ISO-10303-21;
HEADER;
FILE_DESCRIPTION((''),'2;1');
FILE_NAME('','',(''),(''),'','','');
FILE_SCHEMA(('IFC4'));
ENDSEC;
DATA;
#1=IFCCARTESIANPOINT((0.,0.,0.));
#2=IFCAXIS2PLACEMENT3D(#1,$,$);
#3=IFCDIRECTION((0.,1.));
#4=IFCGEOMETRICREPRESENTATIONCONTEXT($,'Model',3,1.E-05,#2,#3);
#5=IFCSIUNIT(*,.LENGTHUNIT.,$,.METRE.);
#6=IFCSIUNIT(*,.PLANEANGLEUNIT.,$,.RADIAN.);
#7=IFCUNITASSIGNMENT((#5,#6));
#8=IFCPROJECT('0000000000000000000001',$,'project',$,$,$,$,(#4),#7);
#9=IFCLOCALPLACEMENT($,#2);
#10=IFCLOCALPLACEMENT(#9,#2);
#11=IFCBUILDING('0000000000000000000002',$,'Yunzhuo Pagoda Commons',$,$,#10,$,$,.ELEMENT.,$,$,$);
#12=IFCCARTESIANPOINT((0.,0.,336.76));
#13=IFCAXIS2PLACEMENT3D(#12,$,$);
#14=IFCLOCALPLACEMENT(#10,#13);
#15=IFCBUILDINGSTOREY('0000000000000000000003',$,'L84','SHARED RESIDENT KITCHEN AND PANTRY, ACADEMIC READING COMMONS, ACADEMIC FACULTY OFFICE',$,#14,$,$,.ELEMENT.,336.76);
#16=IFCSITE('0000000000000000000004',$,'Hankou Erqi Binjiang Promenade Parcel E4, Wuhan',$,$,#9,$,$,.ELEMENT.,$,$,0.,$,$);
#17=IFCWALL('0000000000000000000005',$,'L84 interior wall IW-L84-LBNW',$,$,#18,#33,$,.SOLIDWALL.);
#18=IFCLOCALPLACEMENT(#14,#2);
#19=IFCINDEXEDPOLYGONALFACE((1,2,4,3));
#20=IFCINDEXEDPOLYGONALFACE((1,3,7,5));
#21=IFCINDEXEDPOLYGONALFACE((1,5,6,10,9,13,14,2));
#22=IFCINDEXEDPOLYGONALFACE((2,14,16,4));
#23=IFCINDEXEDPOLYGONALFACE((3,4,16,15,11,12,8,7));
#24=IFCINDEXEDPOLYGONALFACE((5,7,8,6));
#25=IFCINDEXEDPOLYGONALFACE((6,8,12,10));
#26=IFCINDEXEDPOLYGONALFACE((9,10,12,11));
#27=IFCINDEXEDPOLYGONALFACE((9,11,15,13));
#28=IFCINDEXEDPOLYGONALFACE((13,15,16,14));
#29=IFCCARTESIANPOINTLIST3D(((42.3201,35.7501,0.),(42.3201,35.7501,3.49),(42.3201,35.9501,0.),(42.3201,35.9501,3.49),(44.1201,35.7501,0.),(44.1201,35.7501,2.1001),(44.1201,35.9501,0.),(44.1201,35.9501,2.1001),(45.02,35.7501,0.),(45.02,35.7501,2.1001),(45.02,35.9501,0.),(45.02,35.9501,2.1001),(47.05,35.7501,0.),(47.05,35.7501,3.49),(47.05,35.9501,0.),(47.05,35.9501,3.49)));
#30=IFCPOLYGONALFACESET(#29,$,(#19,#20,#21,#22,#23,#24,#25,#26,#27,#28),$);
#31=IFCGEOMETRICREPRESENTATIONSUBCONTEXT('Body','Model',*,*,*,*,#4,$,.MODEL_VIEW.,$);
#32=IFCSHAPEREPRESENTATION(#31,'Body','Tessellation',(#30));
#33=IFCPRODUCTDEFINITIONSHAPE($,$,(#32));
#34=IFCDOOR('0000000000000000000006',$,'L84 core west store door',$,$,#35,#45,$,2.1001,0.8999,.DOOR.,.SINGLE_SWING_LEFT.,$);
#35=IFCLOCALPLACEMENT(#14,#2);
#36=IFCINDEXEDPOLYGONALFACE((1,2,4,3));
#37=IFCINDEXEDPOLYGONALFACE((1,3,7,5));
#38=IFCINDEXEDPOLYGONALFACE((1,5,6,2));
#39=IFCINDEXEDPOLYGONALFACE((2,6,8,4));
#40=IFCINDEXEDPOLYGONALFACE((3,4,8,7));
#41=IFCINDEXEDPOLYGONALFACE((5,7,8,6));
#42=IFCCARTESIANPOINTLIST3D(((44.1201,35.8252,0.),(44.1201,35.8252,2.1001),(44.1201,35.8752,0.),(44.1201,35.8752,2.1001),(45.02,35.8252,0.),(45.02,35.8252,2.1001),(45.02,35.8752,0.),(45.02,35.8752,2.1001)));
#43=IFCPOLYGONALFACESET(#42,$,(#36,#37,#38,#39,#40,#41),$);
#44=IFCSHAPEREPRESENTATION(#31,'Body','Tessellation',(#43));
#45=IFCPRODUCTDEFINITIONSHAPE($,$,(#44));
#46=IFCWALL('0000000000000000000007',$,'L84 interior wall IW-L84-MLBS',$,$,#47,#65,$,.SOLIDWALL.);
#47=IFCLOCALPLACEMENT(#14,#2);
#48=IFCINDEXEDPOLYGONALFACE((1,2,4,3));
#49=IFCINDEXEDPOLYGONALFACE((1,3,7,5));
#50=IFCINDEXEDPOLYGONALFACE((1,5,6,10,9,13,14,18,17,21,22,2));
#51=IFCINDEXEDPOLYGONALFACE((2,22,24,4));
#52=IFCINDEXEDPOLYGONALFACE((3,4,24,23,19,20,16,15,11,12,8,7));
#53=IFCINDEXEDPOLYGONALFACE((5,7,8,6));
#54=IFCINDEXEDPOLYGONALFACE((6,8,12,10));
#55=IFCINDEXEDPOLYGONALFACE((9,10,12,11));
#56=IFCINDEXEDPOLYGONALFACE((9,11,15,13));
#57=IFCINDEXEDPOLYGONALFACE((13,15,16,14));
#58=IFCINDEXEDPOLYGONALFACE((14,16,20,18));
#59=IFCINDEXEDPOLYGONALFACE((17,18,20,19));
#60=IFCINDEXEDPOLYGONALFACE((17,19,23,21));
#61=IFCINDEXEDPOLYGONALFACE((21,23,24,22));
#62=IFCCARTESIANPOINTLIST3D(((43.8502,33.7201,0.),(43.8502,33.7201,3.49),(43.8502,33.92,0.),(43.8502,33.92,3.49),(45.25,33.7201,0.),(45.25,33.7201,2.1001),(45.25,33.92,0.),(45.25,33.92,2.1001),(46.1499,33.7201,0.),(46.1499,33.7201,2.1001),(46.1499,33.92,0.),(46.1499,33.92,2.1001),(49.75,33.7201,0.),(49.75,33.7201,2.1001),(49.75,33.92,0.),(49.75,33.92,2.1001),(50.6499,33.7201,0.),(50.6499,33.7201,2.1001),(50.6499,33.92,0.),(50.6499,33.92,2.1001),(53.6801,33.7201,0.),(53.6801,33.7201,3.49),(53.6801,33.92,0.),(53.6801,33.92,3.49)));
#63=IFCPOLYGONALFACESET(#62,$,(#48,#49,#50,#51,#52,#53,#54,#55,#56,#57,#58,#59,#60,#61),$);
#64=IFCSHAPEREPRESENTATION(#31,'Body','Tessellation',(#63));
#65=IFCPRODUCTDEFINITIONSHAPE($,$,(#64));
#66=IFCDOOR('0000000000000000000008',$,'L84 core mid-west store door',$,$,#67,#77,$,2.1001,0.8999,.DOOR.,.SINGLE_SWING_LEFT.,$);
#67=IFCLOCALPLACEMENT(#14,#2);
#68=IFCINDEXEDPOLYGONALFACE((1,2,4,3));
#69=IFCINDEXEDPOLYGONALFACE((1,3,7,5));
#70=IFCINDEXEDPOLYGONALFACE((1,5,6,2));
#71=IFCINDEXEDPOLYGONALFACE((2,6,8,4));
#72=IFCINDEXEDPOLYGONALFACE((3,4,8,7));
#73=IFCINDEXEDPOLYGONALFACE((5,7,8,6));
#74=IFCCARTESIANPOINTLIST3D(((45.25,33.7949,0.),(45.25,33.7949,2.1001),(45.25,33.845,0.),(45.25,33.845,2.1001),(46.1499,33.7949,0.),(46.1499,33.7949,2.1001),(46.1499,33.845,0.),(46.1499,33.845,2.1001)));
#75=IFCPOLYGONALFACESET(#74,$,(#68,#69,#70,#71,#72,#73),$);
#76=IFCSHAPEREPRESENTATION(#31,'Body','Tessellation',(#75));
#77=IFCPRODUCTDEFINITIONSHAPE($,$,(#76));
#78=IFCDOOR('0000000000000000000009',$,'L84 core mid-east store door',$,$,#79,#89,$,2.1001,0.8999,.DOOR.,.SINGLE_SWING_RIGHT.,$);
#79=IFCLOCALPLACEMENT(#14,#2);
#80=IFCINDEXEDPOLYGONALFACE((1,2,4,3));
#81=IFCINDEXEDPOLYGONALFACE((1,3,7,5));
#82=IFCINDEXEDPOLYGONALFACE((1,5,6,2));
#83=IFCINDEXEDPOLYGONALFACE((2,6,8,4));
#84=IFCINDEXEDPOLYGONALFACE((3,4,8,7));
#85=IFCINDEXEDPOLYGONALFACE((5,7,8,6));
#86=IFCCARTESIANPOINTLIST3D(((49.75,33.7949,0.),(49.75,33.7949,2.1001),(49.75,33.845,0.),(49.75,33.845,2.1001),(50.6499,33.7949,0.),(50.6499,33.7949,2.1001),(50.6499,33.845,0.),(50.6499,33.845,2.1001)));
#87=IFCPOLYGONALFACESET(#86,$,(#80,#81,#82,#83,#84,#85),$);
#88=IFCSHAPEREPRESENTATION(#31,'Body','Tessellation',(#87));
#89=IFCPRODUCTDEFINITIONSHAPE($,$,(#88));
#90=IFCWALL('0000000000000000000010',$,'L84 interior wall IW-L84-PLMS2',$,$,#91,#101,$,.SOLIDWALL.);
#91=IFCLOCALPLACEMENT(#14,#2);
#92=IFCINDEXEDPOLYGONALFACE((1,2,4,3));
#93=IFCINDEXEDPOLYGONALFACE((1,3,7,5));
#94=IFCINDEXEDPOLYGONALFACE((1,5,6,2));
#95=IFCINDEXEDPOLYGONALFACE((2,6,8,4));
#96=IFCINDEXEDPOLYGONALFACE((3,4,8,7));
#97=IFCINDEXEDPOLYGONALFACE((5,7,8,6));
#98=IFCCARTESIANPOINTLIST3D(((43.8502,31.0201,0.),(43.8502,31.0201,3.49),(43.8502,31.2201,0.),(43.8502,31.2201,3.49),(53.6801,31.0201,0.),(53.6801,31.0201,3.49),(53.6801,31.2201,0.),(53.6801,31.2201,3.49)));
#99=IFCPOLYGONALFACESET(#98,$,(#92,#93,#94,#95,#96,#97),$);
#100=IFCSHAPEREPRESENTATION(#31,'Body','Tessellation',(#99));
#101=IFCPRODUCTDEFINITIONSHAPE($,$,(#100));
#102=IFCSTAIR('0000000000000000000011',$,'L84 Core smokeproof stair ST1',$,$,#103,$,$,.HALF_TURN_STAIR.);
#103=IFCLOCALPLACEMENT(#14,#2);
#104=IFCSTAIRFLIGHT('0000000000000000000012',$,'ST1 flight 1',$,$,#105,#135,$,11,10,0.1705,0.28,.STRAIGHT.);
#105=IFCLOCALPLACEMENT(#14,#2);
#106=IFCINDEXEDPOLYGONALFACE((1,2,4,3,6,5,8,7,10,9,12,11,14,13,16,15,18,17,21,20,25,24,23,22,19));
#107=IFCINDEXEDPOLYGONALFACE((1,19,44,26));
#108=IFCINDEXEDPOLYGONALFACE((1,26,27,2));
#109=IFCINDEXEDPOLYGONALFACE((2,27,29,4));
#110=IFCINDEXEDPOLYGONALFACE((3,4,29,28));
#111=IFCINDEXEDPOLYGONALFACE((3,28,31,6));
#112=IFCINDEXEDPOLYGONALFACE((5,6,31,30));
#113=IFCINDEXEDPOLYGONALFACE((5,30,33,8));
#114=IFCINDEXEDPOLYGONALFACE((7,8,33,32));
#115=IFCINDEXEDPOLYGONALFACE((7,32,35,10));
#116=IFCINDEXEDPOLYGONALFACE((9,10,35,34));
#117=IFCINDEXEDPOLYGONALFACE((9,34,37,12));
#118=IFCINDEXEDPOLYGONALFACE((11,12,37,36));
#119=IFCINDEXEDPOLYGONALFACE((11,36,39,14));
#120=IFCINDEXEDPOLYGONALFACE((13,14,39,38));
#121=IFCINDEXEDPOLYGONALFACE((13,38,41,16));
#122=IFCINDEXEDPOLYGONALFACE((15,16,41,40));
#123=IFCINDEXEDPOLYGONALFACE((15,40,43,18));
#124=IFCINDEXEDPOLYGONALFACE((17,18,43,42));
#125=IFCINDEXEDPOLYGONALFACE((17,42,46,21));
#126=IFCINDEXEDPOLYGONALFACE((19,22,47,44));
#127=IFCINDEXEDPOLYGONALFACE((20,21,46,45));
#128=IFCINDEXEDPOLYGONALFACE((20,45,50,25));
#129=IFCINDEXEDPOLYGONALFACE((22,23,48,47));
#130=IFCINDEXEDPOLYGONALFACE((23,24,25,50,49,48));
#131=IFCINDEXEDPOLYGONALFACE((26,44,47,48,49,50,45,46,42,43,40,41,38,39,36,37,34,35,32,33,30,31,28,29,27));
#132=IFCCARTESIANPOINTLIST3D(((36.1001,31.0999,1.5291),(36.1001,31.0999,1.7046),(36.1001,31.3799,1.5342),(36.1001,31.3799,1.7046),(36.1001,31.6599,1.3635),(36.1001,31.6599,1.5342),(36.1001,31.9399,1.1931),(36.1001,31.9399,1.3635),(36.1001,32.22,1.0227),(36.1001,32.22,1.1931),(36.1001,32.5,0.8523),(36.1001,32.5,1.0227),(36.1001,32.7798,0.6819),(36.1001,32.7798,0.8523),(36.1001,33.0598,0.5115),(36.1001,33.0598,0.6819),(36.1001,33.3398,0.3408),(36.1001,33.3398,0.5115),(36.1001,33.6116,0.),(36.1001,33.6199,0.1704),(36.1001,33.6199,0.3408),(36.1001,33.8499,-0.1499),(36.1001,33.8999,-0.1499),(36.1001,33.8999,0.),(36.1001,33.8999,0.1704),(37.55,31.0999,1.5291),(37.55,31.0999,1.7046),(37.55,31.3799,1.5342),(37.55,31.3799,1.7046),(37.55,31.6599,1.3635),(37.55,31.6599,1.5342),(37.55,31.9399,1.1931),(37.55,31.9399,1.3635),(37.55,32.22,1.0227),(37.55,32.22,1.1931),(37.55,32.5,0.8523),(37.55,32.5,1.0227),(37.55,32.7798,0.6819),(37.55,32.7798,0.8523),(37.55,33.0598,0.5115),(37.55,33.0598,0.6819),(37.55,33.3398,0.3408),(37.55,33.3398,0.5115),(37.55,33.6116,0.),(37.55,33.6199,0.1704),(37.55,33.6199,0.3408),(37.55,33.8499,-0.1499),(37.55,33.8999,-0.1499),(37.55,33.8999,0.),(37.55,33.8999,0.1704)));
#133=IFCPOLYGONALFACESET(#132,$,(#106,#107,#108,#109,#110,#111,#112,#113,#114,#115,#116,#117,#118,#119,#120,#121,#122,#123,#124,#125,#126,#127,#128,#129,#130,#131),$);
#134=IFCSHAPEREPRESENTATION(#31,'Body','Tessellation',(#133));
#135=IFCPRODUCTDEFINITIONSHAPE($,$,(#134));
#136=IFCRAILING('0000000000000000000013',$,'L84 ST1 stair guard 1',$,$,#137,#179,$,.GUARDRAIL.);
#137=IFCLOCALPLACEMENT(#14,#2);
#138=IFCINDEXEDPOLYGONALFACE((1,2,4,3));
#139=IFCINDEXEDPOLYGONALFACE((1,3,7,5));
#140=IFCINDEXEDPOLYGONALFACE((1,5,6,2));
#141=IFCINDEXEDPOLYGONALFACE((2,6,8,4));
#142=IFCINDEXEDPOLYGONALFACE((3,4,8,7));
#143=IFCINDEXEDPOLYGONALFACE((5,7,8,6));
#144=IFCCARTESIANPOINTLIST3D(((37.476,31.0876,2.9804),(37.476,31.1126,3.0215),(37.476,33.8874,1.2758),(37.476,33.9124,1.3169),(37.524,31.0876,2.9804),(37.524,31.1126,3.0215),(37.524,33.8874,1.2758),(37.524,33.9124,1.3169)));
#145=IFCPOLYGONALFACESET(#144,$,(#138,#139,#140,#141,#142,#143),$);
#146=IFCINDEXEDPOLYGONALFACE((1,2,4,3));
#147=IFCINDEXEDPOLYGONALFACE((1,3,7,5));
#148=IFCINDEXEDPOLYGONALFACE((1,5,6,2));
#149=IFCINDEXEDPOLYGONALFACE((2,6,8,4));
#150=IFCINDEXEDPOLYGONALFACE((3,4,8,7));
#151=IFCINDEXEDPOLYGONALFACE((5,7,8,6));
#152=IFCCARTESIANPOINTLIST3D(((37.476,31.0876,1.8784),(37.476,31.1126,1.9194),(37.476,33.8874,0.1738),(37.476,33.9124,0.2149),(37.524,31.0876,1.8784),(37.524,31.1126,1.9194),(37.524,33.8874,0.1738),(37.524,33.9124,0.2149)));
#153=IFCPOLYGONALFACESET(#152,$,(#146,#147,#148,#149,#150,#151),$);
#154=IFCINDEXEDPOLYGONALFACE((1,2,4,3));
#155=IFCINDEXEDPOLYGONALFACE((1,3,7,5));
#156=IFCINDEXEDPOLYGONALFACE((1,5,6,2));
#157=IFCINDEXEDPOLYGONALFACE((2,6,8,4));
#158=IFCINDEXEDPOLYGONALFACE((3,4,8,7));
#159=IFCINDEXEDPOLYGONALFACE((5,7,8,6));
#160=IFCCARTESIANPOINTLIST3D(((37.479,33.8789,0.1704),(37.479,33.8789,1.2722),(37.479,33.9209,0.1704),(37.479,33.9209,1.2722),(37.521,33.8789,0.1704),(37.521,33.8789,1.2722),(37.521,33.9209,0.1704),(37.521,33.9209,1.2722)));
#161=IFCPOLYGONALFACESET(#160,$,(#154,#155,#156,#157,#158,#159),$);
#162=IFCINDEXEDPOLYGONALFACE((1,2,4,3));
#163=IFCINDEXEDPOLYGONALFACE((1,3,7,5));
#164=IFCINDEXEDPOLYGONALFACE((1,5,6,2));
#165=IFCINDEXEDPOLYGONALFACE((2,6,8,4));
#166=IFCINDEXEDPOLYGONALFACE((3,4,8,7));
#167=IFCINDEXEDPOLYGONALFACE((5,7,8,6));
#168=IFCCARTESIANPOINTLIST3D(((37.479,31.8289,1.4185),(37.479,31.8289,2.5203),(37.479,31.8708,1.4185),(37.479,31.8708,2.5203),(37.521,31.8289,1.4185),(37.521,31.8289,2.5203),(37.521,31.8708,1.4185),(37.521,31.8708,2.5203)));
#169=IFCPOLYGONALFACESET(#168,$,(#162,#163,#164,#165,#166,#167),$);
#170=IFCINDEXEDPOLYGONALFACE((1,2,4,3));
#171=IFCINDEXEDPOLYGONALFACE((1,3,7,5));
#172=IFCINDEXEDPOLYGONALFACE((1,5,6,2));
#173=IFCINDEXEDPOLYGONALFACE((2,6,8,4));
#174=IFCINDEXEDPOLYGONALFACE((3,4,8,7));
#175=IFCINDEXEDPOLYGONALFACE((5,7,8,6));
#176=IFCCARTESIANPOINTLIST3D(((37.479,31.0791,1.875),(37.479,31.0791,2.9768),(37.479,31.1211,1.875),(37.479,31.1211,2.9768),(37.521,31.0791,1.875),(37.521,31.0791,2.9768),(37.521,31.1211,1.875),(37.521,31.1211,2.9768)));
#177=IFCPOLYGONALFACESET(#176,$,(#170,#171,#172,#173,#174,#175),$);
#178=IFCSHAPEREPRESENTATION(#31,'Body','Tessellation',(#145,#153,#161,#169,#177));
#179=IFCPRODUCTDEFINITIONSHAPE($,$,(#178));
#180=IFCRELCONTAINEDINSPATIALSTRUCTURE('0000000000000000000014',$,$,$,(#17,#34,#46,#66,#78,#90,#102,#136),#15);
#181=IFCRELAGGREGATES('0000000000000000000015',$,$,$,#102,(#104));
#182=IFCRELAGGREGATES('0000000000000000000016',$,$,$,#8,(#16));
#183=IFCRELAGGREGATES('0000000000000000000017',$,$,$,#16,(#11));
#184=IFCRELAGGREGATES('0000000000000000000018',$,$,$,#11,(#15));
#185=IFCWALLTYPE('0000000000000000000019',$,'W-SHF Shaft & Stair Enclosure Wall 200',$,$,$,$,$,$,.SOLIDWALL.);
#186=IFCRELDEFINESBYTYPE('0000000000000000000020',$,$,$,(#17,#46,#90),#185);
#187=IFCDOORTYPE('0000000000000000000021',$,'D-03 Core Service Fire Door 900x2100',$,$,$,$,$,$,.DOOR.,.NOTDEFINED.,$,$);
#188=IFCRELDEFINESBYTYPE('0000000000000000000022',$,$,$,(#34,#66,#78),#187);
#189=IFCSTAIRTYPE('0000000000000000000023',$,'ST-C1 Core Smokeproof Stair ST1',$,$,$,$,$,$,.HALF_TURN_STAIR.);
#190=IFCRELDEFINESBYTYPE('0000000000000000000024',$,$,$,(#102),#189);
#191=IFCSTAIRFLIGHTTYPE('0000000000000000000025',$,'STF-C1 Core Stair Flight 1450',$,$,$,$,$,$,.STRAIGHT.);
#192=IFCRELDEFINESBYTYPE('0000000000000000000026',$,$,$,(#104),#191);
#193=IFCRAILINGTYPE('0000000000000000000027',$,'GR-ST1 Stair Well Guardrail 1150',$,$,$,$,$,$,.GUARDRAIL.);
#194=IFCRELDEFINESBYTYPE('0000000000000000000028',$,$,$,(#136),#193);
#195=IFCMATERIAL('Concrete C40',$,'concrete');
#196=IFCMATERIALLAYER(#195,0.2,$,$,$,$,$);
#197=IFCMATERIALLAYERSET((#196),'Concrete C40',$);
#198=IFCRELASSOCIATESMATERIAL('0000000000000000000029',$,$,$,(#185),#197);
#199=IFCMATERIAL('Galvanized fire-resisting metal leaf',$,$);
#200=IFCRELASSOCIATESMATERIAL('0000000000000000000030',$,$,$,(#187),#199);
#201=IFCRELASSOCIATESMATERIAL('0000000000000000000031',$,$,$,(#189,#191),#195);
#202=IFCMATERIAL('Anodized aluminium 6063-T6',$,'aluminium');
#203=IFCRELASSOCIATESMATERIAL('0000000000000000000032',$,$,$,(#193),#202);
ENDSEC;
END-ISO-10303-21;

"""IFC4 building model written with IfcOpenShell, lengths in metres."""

from ifc_helpers import new_model, si_unit, direction, frame, frame_2d, origin, origin_with_axes, origin_2d, place, context, subcontext, project, spatial, polyline, rectangle, outline, extrude, source, transform, mapped, material, layer, layer_set, type_object, element, fill, aggregate, save


model = new_model("IFC4")

# Units and contexts
model_context = context("Model", 3, precision=1e-05, world=origin(), true_north=direction((0.0, 1.0)))
body_context = subcontext(model_context, "Body", "Model", "MODEL_VIEW")
ifc_project = project(units=[si_unit("LENGTHUNIT", "METRE"), si_unit("PLANEANGLEUNIT", "RADIAN")], contexts=[model_context])

# Site, building, storey
site_placement = place(None, origin())
site = spatial("IfcSite", under=ifc_project, at=site_placement, Name="Hankou Erqi Binjiang Promenade Parcel E4, Wuhan", CompositionType="ELEMENT", RefElevation=0.0)
building_placement = place(site_placement, origin())
building = spatial("IfcBuilding", under=site, at=building_placement, Name="Yunzhuo Pagoda Commons", CompositionType="ELEMENT")
storey_placement = place(building_placement, frame((0.0, 0.0, 336.76)))
storey = spatial("IfcBuildingStorey", under=building, at=storey_placement, Name="L84", Description="SHARED RESIDENT KITCHEN AND PANTRY, ACADEMIC READING COMMONS, ACADEMIC FACULTY OFFICE", CompositionType="ELEMENT", Elevation=336.76)

# Shared definitions
ifc_material_1 = material(Name="Galvanized fire-resisting metal leaf")

# Shared definitions
ifc_material_2 = material(Name="Concrete C40", Category="concrete")
ifc_layer_1 = layer(ifc_material_2, 0.2)
ifc_layer_set_1 = layer_set([ifc_layer_1], Name="Concrete C40")
wall_type_1 = type_object("IfcWallType", Name="W-SHF Shaft & Stair Enclosure Wall 200", PredefinedType="SOLIDWALL", material=ifc_layer_set_1)

# Wall, opening, door
wall_1_placement = place(storey_placement, frame((42.3201, 35.8501, 0.0), z_axis=(0.0, 0.0, 1.0), x_axis=(1.0, 0.0, 0.0)))
wall_1 = element("IfcWall", 1, at=wall_1_placement, inside=storey, type_object=wall_type_1, Name="L84 interior wall IW-L84-LBNW", PredefinedType="SOLIDWALL", context=body_context, shape_type="SweptSolid", body=[
    extrude(rectangle(XDim=4.73, YDim=0.2, at=frame_2d((2.365, 0.0))), origin(), (0.0, 0.0, 1.0), 3.49),
])
opening_1_placement = place(wall_1_placement, frame((1.8, 0.0, 0.0)))
opening_1 = element("IfcOpeningElement", 2, at=opening_1_placement, cuts=wall_1, PredefinedType="OPENING", context=body_context, shape_type="SweptSolid", body=[
    extrude(rectangle(XDim=0.8999, YDim=2.1001, at=frame_2d((0.45, 1.05))), frame((0.0, 0.1099, 0.0), z_axis=(0.0, -1.0, 0.0), x_axis=(1.0, 0.0, 0.0)), (0.0, 0.0, 1.0), 0.22),
])
door_type_1 = type_object("IfcDoorType", Name="D-03 Core Service Fire Door 900x2100", OperationType="NOTDEFINED", PredefinedType="DOOR", material=ifc_material_1)
shared_shape_1 = source(origin(), body_context, "Body", "SweptSolid", [
    extrude(rectangle(XDim=0.8999, YDim=2.1001, at=frame_2d((0.45, 1.05))), frame((0.0, 0.0249, 0.0), z_axis=(0.0, -1.0, 0.0), x_axis=(1.0, 0.0, 0.0)), (0.0, 0.0, 1.0), 0.05),
])
door_1_placement = place(opening_1_placement, frame((0.8999, 0.0, 0.0), z_axis=(0.0, 0.0, 1.0), x_axis=(-1.0, 0.0, 0.0)))
door_1 = element("IfcDoor", 3, at=door_1_placement, inside=storey, type_object=door_type_1, Name="L84 core west store door", OperationType="SINGLE_SWING_LEFT", OverallHeight=2.1001, OverallWidth=0.8999, PredefinedType="DOOR", context=body_context, shape_type="MappedRepresentation", body=[
    mapped(shared_shape_1, transform((0.0, 0.0, 0.0), scale=1.0)),
])
fill(opening_1, door_1)

# Wall, openings, doors
wall_2_placement = place(storey_placement, frame((43.8501, 33.8201, 0.0), z_axis=(0.0, 0.0, 1.0), x_axis=(1.0, 0.0, 0.0)))
wall_2 = element("IfcWall", 4, at=wall_2_placement, inside=storey, type_object=wall_type_1, Name="L84 interior wall IW-L84-MLBS", PredefinedType="SOLIDWALL", context=body_context, shape_type="SweptSolid", body=[
    extrude(rectangle(XDim=9.8298, YDim=0.2, at=frame_2d((4.915, 0.0))), origin(), (0.0, 0.0, 1.0), 3.49),
])
opening_2_placement = place(wall_2_placement, frame((1.3999, 0.0, 0.0)))
opening_2 = element("IfcOpeningElement", 5, at=opening_2_placement, cuts=wall_2, PredefinedType="OPENING", context=body_context, shape_type="SweptSolid", body=[
    extrude(rectangle(XDim=0.8999, YDim=2.1001, at=frame_2d((0.45, 1.05))), frame((0.0, 0.1099, 0.0), z_axis=(0.0, -1.0, 0.0), x_axis=(1.0, 0.0, 0.0)), (0.0, 0.0, 1.0), 0.22),
])
opening_3_placement = place(wall_2_placement, frame((5.8999, 0.0, 0.0)))
opening_3 = element("IfcOpeningElement", 6, at=opening_3_placement, cuts=wall_2, PredefinedType="OPENING", context=body_context, shape_type="SweptSolid", body=[
    extrude(rectangle(XDim=0.8999, YDim=2.1001, at=frame_2d((0.45, 1.05))), frame((0.0, 0.1099, 0.0), z_axis=(0.0, -1.0, 0.0), x_axis=(1.0, 0.0, 0.0)), (0.0, 0.0, 1.0), 0.22),
])
door_2_placement = place(opening_2_placement, origin_with_axes())
door_2 = element("IfcDoor", 7, at=door_2_placement, inside=storey, type_object=door_type_1, Name="L84 core mid-west store door", OperationType="SINGLE_SWING_LEFT", OverallHeight=2.1001, OverallWidth=0.8999, PredefinedType="DOOR", context=body_context, shape_type="MappedRepresentation", body=[
    mapped(shared_shape_1, transform((0.0, 0.0, 0.0), scale=1.0)),
])
fill(opening_2, door_2)
door_3_placement = place(opening_3_placement, origin_with_axes())
door_3 = element("IfcDoor", 8, at=door_3_placement, inside=storey, type_object=door_type_1, Name="L84 core mid-east store door", OperationType="SINGLE_SWING_RIGHT", OverallHeight=2.1001, OverallWidth=0.8999, PredefinedType="DOOR", context=body_context, shape_type="MappedRepresentation", body=[
    mapped(shared_shape_1, transform((0.0, 0.0, 0.0), scale=1.0)),
])
fill(opening_3, door_3)

# Wall
wall_3_placement = place(storey_placement, frame((43.8501, 31.1201, 0.0), z_axis=(0.0, 0.0, 1.0), x_axis=(1.0, 0.0, 0.0)))
element("IfcWall", 9, at=wall_3_placement, inside=storey, type_object=wall_type_1, Name="L84 interior wall IW-L84-PLMS2", PredefinedType="SOLIDWALL", context=body_context, shape_type="SweptSolid", body=[
    extrude(rectangle(XDim=9.8298, YDim=0.2, at=frame_2d((4.915, 0.0))), origin(), (0.0, 0.0, 1.0), 3.49),
])

# Stair, stair flight
stair_type = type_object("IfcStairType", Name="ST-C1 Core Smokeproof Stair ST1", PredefinedType="HALF_TURN_STAIR", material=ifc_material_2)
stair_placement = place(storey_placement, origin())
stair = element("IfcStair", 10, at=stair_placement, inside=storey, type_object=stair_type, Name="L84 Core smokeproof stair ST1", PredefinedType="HALF_TURN_STAIR")
stair_flight_type = type_object("IfcStairFlightType", Name="STF-C1 Core Stair Flight 1450", PredefinedType="STRAIGHT", material=ifc_material_2)
shared_shape_2 = source(origin(), body_context, "Body", "SweptSolid", [
    extrude(outline(polyline([(0.0, -0.1499), (0.0, 0.0), (0.0, 0.1704), (0.28, 0.1704), (0.28, 0.3408), (0.5601, 0.3408), (0.5601, 0.5115), (0.8401, 0.5115), (0.8401, 0.6819), (1.1201, 0.6819), (1.1201, 0.8523), (1.3999, 0.8523), (1.3999, 1.0227), (1.6799, 1.0227), (1.6799, 1.1931), (1.96, 1.1931), (1.96, 1.3635), (2.24, 1.3635), (2.24, 1.5342), (2.52, 1.5342), (2.52, 1.7046), (2.8, 1.7046), (2.8, 1.875), (2.8, 1.5291), (0.2883, 0.0), (0.05, -0.1499), (0.0, -0.1499)])), frame((0.0, 0.7251, 0.0), z_axis=(0.0, -1.0, 0.0), x_axis=(1.0, 0.0, 0.0)), (0.0, 0.0, 1.0), 1.45),
])
stair_flight_placement = place(storey_placement, frame((36.825, 33.8999, 0.0), z_axis=(0.0, 0.0, 1.0), x_axis=(0.0, -1.0, 0.0)))
stair_flight = element("IfcStairFlight", 11, at=stair_flight_placement, type_object=stair_flight_type, Name="ST1 flight 1", NumberOfRisers=11, NumberOfTreads=10, PredefinedType="STRAIGHT", RiserHeight=0.1705, TreadLength=0.28, context=body_context, shape_type="MappedRepresentation", body=[
    mapped(shared_shape_2, transform((0.0, 0.0, 0.0), scale=1.0)),
])
aggregate(stair, [stair_flight])

# Railing
ifc_material_3 = material(Name="Anodized aluminium 6063-T6", Category="aluminium")
railing_type_1 = type_object("IfcRailingType", Name="GR-ST1 Stair Well Guardrail 1150", PredefinedType="GUARDRAIL", material=ifc_material_3)
railing_1_placement = place(storey_placement, frame((37.5, 33.8999, 0.1704)))
element("IfcRailing", 12, at=railing_1_placement, inside=storey, type_object=railing_type_1, Name="L84 ST1 stair guard 1", PredefinedType="GUARDRAIL", context=body_context, shape_type="SweptSolid", body=[
    extrude(rectangle(XDim=0.0481, YDim=0.0481, at=origin_2d()), frame((0.0, 0.0, 1.126), z_axis=(0.0, -0.85415, 0.520027), x_axis=(1.0, 0.0, 0.0)), (0.0, 0.0, 1.0), 3.2778),
    extrude(rectangle(XDim=0.0481, YDim=0.0481, at=origin_2d()), frame((0.0, 0.0, 0.0239), z_axis=(0.0, -0.85415, 0.520027), x_axis=(1.0, 0.0, 0.0)), (0.0, 0.0, 1.0), 3.2778),
    extrude(rectangle(XDim=0.042, YDim=0.042, at=origin_2d()), origin(), (0.0, 0.0, 1.0), 1.1018),
    extrude(rectangle(XDim=0.042, YDim=0.042, at=origin_2d()), frame((0.0, -2.05, 1.248)), (0.0, 0.0, 1.0), 1.1018),
    extrude(rectangle(XDim=0.042, YDim=0.042, at=origin_2d()), frame((0.0, -2.7998, 1.7046)), (0.0, 0.0, 1.0), 1.1018),
])

save(model, "model.ifc")
